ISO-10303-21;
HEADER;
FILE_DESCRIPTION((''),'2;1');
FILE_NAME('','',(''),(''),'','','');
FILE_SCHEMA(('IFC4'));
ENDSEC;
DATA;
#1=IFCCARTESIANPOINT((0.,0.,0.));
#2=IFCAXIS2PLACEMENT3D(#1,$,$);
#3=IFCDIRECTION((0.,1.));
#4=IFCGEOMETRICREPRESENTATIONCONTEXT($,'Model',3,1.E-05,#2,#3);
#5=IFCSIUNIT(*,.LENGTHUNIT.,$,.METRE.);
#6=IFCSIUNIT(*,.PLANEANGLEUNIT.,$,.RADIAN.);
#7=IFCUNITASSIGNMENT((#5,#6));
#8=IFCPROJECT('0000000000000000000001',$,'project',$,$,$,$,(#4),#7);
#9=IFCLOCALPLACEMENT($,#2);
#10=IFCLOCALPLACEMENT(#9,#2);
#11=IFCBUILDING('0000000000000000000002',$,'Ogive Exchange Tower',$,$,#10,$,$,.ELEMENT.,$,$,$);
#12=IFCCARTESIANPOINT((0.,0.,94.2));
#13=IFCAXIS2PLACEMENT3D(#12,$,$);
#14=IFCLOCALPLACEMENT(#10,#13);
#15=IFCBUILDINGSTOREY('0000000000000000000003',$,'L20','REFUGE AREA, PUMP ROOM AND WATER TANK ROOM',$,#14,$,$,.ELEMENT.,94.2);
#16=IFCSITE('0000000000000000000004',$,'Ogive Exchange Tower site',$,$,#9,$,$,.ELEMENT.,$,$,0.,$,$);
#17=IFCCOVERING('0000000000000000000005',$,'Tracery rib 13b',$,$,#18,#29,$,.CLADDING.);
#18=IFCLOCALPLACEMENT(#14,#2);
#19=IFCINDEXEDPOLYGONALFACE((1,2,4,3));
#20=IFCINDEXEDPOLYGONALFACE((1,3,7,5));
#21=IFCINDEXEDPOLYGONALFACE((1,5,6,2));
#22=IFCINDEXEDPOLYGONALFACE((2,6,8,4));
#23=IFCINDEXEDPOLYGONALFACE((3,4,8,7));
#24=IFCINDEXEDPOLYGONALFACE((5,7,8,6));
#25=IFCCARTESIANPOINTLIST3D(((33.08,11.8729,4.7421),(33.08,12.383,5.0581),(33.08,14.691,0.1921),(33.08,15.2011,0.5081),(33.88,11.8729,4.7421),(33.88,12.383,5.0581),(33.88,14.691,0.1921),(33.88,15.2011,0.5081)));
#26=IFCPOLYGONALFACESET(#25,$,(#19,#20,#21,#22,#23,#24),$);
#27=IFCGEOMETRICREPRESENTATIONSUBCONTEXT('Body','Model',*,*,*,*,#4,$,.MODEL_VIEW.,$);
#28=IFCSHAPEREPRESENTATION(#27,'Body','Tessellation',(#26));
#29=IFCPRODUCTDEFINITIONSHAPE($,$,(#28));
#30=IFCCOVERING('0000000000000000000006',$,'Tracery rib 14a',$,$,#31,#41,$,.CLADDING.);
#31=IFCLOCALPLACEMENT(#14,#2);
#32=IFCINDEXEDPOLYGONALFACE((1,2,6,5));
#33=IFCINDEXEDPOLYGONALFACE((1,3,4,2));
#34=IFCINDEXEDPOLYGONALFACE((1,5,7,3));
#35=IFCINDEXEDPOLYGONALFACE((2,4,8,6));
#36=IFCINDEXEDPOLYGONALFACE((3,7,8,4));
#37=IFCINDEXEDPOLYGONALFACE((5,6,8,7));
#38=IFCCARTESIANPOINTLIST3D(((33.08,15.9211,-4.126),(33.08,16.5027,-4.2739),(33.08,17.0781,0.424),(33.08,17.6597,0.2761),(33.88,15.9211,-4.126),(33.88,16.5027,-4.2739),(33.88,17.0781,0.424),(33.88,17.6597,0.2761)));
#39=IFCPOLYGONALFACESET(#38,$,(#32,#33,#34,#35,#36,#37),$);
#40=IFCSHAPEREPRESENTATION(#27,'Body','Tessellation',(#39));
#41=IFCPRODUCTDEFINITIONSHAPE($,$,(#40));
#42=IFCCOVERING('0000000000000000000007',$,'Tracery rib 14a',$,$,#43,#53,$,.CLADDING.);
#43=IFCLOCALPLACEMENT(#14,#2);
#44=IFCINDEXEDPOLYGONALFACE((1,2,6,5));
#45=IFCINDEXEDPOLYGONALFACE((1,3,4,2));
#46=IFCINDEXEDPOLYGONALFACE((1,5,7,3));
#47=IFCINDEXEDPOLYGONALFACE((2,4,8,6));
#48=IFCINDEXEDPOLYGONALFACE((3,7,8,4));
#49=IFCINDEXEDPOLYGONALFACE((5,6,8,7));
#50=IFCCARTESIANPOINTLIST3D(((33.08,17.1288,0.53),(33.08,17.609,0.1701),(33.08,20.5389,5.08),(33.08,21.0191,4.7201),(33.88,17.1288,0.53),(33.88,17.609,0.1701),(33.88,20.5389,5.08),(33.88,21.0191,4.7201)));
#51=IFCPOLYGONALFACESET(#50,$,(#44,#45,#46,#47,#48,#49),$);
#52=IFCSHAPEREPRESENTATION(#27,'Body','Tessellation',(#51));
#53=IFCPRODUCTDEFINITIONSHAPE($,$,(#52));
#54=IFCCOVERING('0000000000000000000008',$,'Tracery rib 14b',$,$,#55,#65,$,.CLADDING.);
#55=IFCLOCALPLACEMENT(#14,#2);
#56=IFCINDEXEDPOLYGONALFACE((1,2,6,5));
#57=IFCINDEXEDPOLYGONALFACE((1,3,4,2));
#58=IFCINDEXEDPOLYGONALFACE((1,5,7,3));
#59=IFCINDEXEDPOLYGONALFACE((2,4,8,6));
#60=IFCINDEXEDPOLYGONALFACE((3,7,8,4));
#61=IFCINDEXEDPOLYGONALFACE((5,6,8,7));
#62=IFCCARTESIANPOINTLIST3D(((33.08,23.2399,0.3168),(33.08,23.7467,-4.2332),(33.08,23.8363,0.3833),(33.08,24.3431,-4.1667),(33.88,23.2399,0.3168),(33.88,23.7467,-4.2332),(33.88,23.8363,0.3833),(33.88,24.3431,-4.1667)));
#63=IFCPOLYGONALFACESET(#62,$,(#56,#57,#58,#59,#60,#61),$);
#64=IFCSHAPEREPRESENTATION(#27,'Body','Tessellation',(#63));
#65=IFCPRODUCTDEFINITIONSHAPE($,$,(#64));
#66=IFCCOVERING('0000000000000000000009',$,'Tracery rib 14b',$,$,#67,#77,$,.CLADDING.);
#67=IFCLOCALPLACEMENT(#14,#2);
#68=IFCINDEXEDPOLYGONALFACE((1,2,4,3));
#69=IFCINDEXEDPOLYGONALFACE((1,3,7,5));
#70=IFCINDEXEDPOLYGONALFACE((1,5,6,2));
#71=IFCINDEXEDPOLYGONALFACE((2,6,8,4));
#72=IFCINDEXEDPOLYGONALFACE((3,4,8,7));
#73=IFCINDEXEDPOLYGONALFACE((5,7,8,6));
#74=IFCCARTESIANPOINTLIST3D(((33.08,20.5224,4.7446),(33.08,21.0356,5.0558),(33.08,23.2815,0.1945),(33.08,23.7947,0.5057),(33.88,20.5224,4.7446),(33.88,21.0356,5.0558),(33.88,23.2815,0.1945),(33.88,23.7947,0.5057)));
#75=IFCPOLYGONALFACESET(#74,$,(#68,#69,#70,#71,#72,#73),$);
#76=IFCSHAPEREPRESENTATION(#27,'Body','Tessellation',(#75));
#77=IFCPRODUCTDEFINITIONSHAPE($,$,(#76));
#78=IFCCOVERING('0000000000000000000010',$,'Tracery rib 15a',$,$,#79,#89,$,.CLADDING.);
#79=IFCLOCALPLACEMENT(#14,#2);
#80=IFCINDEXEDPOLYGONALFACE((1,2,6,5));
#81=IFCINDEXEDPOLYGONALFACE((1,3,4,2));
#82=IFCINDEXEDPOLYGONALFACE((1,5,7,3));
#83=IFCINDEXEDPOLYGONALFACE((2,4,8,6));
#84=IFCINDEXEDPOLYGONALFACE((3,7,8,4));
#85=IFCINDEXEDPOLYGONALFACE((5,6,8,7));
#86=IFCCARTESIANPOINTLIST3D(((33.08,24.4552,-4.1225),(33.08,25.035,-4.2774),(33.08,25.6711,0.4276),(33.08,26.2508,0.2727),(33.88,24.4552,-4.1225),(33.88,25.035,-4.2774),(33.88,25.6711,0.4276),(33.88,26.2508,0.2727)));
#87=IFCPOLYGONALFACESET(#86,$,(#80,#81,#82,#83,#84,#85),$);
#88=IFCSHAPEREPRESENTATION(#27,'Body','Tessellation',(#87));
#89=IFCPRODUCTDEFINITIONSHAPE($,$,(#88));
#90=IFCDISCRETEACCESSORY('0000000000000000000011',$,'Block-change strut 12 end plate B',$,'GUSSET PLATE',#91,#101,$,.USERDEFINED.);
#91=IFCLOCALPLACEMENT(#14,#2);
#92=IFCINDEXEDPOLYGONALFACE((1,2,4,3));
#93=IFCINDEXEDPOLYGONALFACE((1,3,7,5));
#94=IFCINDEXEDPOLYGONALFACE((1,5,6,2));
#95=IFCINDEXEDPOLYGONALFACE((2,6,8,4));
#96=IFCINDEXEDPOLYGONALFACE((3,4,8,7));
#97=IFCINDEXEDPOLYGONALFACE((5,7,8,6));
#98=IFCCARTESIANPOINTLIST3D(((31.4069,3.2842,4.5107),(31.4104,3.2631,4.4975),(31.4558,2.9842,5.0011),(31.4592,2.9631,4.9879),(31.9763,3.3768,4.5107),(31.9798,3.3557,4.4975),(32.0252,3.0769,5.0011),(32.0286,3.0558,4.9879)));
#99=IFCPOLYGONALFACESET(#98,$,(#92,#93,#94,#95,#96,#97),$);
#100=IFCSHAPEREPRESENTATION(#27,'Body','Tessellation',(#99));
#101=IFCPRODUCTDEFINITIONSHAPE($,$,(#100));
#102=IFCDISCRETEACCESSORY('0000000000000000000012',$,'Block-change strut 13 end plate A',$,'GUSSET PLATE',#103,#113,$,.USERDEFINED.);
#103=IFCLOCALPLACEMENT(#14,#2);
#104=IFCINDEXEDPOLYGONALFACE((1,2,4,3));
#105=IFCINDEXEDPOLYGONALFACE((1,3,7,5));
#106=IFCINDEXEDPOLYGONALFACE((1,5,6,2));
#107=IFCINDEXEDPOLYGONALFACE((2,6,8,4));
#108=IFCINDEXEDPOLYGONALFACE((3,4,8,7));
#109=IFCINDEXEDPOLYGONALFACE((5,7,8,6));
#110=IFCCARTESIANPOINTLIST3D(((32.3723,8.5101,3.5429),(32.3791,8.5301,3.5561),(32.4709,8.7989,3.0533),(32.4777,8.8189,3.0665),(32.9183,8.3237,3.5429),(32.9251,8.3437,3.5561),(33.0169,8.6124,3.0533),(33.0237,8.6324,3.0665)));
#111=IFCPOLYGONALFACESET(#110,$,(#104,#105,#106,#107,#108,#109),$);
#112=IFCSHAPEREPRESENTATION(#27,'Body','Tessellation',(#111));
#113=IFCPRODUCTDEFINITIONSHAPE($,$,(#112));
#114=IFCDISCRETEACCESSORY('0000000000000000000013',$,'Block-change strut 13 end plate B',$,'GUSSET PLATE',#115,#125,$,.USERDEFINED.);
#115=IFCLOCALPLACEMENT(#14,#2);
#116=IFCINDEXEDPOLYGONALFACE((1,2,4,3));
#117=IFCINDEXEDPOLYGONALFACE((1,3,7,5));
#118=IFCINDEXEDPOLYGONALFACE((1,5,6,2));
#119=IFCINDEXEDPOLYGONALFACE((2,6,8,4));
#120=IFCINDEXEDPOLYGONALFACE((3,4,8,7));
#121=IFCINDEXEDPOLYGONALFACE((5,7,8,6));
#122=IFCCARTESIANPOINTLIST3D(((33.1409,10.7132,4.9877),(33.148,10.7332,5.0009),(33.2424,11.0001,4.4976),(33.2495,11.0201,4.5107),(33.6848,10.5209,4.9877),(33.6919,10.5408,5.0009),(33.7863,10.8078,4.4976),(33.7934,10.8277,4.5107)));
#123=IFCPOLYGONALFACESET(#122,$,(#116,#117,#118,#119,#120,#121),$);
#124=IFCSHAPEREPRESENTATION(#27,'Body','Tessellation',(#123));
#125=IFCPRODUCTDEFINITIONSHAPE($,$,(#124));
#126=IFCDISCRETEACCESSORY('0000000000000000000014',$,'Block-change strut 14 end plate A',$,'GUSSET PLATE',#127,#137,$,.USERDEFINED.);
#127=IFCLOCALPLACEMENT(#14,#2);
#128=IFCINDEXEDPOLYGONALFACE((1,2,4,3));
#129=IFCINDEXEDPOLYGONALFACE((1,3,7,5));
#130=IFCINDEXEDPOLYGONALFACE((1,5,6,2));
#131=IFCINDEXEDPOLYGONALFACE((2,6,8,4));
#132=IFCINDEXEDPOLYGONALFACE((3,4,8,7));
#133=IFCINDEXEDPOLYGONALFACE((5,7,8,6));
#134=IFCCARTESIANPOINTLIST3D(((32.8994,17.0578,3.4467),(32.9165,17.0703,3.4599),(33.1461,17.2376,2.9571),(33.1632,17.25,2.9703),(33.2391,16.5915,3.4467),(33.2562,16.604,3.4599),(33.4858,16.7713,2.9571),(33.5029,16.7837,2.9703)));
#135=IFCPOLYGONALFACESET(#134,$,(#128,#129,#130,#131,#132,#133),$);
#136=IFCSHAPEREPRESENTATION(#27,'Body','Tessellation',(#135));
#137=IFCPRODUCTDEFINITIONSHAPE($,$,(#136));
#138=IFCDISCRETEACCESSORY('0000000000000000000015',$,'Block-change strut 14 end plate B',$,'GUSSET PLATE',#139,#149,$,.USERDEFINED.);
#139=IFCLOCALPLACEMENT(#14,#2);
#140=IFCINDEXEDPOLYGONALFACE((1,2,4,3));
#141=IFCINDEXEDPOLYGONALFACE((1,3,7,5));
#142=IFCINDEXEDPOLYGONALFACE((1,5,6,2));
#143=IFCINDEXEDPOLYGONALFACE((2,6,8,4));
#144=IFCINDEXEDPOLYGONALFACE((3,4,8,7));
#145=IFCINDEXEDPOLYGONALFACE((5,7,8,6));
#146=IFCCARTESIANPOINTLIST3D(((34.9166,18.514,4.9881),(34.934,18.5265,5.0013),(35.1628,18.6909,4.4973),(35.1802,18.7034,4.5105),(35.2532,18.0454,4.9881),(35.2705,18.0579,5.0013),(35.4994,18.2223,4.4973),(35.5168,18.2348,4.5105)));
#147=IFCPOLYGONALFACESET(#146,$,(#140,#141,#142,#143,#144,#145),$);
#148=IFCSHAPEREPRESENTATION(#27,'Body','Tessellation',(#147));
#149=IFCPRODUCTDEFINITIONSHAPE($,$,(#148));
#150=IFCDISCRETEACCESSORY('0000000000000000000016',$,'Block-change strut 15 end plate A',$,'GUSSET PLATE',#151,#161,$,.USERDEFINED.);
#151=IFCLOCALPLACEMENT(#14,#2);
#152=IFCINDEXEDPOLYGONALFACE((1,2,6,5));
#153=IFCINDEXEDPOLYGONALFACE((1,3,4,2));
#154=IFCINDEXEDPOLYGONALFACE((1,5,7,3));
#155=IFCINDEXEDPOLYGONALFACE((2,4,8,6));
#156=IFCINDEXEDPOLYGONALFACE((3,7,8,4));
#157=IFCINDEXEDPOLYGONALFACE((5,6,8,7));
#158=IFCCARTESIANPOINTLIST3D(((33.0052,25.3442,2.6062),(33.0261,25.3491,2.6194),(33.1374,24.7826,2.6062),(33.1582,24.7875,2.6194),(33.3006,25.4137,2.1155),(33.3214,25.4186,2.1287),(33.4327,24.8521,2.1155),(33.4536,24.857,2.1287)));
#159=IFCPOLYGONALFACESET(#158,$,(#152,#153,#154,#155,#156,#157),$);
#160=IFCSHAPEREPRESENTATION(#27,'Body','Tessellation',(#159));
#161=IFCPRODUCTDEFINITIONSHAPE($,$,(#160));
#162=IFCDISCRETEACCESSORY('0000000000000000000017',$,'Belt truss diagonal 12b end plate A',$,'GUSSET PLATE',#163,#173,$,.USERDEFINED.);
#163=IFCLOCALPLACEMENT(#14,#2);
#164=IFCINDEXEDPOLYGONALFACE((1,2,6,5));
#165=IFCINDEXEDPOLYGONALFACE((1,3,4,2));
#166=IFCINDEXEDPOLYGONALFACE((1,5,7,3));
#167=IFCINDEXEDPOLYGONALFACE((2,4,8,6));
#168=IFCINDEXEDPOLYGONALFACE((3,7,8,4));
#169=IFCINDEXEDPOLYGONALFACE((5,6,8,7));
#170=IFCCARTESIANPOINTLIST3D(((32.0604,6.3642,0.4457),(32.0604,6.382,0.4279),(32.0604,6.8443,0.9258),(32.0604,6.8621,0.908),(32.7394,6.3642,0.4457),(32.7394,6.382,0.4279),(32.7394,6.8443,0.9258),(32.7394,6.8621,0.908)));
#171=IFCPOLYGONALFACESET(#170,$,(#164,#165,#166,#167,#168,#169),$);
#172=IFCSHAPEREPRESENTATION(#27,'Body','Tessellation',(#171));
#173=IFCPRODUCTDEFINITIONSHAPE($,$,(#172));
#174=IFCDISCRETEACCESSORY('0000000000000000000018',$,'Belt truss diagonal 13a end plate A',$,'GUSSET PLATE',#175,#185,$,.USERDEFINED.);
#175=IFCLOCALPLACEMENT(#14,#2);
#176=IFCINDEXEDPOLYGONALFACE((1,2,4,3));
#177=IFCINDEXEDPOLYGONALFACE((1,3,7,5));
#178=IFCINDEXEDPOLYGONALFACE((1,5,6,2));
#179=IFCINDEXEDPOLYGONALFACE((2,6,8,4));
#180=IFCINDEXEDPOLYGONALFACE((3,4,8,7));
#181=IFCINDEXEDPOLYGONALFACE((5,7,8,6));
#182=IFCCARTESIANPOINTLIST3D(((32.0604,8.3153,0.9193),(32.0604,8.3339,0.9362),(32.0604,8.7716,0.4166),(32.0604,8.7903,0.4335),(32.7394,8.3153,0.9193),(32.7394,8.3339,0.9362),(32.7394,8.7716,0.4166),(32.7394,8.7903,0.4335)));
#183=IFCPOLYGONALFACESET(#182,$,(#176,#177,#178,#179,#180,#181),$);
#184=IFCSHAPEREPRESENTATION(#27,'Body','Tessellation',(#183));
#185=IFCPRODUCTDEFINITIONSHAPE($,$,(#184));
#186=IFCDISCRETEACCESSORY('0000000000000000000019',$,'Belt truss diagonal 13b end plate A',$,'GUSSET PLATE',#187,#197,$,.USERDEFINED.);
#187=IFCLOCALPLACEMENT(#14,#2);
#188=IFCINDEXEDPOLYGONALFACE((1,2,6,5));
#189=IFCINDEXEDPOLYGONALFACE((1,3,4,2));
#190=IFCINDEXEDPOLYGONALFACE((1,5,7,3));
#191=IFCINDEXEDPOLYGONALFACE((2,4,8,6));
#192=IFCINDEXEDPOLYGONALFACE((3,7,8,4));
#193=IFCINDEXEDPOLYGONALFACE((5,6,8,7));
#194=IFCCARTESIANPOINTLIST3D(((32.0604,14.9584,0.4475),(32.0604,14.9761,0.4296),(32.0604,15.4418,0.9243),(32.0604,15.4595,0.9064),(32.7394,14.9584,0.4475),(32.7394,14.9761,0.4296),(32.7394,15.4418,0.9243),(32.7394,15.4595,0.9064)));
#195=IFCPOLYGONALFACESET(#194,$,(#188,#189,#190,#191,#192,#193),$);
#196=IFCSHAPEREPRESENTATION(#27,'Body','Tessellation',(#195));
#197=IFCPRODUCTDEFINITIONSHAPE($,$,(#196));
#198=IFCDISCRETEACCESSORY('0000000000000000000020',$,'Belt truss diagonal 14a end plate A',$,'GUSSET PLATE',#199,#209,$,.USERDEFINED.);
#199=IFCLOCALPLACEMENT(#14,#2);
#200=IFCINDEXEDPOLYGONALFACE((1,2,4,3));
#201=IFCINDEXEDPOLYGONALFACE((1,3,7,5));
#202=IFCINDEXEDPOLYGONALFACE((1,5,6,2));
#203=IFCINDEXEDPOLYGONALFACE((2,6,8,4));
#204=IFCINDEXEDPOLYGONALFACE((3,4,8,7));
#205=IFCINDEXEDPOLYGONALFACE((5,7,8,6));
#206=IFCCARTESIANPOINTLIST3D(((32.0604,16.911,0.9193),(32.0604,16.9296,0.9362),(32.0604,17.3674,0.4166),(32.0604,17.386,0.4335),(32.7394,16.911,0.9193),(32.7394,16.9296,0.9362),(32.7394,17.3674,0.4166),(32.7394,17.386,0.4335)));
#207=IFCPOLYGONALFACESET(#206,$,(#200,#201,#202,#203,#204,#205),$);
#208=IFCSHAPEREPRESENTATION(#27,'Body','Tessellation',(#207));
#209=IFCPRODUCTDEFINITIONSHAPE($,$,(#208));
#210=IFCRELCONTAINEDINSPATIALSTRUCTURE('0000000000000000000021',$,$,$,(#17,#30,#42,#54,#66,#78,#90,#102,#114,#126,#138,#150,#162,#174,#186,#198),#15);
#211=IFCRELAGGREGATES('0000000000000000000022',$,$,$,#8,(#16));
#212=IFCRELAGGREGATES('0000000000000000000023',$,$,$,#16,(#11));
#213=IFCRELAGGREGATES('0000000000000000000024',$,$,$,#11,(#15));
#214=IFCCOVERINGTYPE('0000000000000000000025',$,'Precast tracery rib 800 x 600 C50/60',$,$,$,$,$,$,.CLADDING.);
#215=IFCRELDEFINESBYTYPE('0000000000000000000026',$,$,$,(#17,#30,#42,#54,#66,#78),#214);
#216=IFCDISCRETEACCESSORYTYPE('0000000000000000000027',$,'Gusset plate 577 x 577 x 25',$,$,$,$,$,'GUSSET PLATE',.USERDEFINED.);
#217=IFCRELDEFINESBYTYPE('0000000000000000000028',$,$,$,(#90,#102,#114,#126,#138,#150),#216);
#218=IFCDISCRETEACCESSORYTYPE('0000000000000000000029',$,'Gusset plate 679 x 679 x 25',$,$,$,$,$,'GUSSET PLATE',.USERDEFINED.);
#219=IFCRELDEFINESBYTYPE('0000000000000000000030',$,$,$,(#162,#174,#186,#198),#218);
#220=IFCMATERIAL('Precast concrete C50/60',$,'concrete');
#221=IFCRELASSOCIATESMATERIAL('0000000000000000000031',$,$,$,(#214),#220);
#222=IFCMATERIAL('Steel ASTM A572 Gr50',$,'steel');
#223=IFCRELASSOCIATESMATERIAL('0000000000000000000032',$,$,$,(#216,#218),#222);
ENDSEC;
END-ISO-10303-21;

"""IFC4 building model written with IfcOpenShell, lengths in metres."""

from ifc_helpers import new_model, si_unit, direction, frame, origin, origin_2d, place, context, subcontext, project, spatial, rectangle, extrude, material, material_profile, profile_set, type_object, element, save


model = new_model("IFC4")

# Units and contexts
model_context = context("Model", 3, precision=1e-05, world=origin(), true_north=direction((0.0, 1.0)))
body_context = subcontext(model_context, "Body", "Model", "MODEL_VIEW")
ifc_project = project(units=[si_unit("LENGTHUNIT", "METRE"), si_unit("PLANEANGLEUNIT", "RADIAN")], contexts=[model_context])

# Site, building, storey
site_placement = place(None, origin())
site = spatial("IfcSite", under=ifc_project, at=site_placement, Name="Ogive Exchange Tower site", CompositionType="ELEMENT", RefElevation=0.0)
building_placement = place(site_placement, origin())
building = spatial("IfcBuilding", under=site, at=building_placement, Name="Ogive Exchange Tower", CompositionType="ELEMENT")
storey_placement = place(building_placement, frame((0.0, 0.0, 94.2)))
storey = spatial("IfcBuildingStorey", under=building, at=storey_placement, Name="L20", Description="REFUGE AREA, PUMP ROOM AND WATER TANK ROOM", CompositionType="ELEMENT", Elevation=94.2)

# Coverings
ifc_material_1 = material(Name="Precast concrete C50/60", Category="concrete")
ifc_material_profile_1 = material_profile(ifc_material_1, rectangle(XDim=0.8, YDim=0.6001, at=origin_2d()), Name="RIB 800 x 600")
ifc_profile_set_1 = profile_set([ifc_material_profile_1], Name="Precast concrete C50/60")
covering_type = type_object("IfcCoveringType", Name="Precast tracery rib 800 x 600 C50/60", PredefinedType="CLADDING", material=ifc_profile_set_1)
covering_1_placement = place(storey_placement, frame((33.48, 14.946, 0.3501), z_axis=(0.0, -0.526546, 0.850147), x_axis=(1.0, 0.0, 0.0)))
element("IfcCovering", 1, at=covering_1_placement, inside=storey, type_object=covering_type, Name="Tracery rib 13b", PredefinedType="CLADDING", context=body_context, shape_type="SweptSolid", body=[
    extrude(rectangle(XDim=0.8, YDim=0.6001, at=origin_2d()), origin(), (0.0, 0.0, 1.0), 5.3521),
])
covering_2_placement = place(storey_placement, frame((33.48, 16.2119, -4.2), z_axis=(0.0, 0.246437, 0.969159), x_axis=(-1.0, 0.0, 0.0)))
element("IfcCovering", 2, at=covering_2_placement, inside=storey, type_object=covering_type, Name="Tracery rib 14a", PredefinedType="CLADDING", context=body_context, shape_type="SweptSolid", body=[
    extrude(rectangle(XDim=0.8, YDim=0.6001, at=origin_2d()), origin(), (0.0, 0.0, 1.0), 4.6948),
])
covering_3_placement = place(storey_placement, frame((33.48, 17.3689, 0.3501), z_axis=(0.0, 0.599732, 0.800201), x_axis=(-1.0, 0.0, 0.0)))
element("IfcCovering", 3, at=covering_3_placement, inside=storey, type_object=covering_type, Name="Tracery rib 14a", PredefinedType="CLADDING", context=body_context, shape_type="SweptSolid", body=[
    extrude(rectangle(XDim=0.8, YDim=0.6001, at=origin_2d()), origin(), (0.0, 0.0, 1.0), 5.686),
])
covering_4_placement = place(storey_placement, frame((33.48, 24.0449, -4.2), z_axis=(0.0, -0.110707, 0.993853), x_axis=(1.0, 0.0, 0.0)))
element("IfcCovering", 4, at=covering_4_placement, inside=storey, type_object=covering_type, Name="Tracery rib 14b", PredefinedType="CLADDING", context=body_context, shape_type="SweptSolid", body=[
    extrude(rectangle(XDim=0.8, YDim=0.6001, at=origin_2d()), origin(), (0.0, 0.0, 1.0), 4.5781),
])
covering_5_placement = place(storey_placement, frame((33.48, 23.5381, 0.3501), z_axis=(0.0, -0.518498, 0.855079), x_axis=(1.0, 0.0, 0.0)))
element("IfcCovering", 5, at=covering_5_placement, inside=storey, type_object=covering_type, Name="Tracery rib 14b", PredefinedType="CLADDING", context=body_context, shape_type="SweptSolid", body=[
    extrude(rectangle(XDim=0.8, YDim=0.6001, at=origin_2d()), origin(), (0.0, 0.0, 1.0), 5.3213),
])
covering_6_placement = place(storey_placement, frame((33.48, 24.7451, -4.2), z_axis=(0.0, 0.258153, 0.966104), x_axis=(-1.0, 0.0, 0.0)))
element("IfcCovering", 6, at=covering_6_placement, inside=storey, type_object=covering_type, Name="Tracery rib 15a", PredefinedType="CLADDING", context=body_context, shape_type="SweptSolid", body=[
    extrude(rectangle(XDim=0.8, YDim=0.6001, at=origin_2d()), origin(), (0.0, 0.0, 1.0), 4.7097),
])

# Discrete accessories
ifc_material_2 = material(Name="Steel ASTM A572 Gr50", Category="steel")
ifc_material_profile_2 = material_profile(ifc_material_2, rectangle(XDim=0.5769, YDim=0.5769, at=origin_2d()), Name="PL 577 x 577 x 25")
ifc_profile_set_2 = profile_set([ifc_material_profile_2], Name="Steel ASTM A572 Gr50")
discrete_accessory_type_1 = type_object("IfcDiscreteAccessoryType", Name="Gusset plate 577 x 577 x 25", ElementType="GUSSET PLATE", PredefinedType="USERDEFINED", material=ifc_profile_set_2)
discrete_accessory_placement = place(storey_placement, frame((31.7195, 3.1594, 4.7427), z_axis=(-0.136574, 0.838955, 0.526785), x_axis=(-0.987007, -0.160676, 0.0)))
element("IfcDiscreteAccessory", 7, at=discrete_accessory_placement, inside=storey, type_object=discrete_accessory_type_1, Name="Block-change strut 12 end plate B", ObjectType="GUSSET PLATE", PredefinedType="USERDEFINED", context=body_context, shape_type="SweptSolid", body=[
    extrude(rectangle(XDim=0.5769, YDim=0.5769, at=origin_2d()), origin(), (0.0, 0.0, 1.0), 0.0251),
])
for number, where, z_axis, x_axis, name in (
    (8, (32.6946, 8.5613, 3.2981), (0.274246, 0.80315, 0.528904), (-0.94635, 0.323144, 0.0), "Block-change strut 13 end plate A"),
    (9, (33.4636, 10.7605, 4.7427), (0.283267, 0.800963, 0.527463), (-0.942778, 0.333421, 0.0), "Block-change strut 13 end plate B"),
    (10, (33.1926, 16.9146, 3.2019), (0.685846, 0.499688, 0.529081), (-0.588858, 0.808236, 0.0), "Block-change strut 14 end plate A"),
):
    element("IfcDiscreteAccessory", number, at=place(storey_placement, frame(where, z_axis=z_axis, x_axis=x_axis)), inside=storey, type_object=discrete_accessory_type_1, Name=name, ObjectType="GUSSET PLATE", PredefinedType="USERDEFINED", context=body_context, shape_type="SweptSolid", body=[
        extrude(rectangle(XDim=0.5769, YDim=0.5769, at=origin_2d()), origin(), (0.0, 0.0, 1.0), 0.0249),
    ])
for number, where, z_axis, x_axis, name in (
    (11, (35.208, 18.3682, 4.7427), (0.690983, 0.49634, 0.525537), (-0.5834, 0.812185, 0.0), "Block-change strut 14 end plate B"),
    (12, (33.219, 25.0981, 2.3608), (0.8279, 0.1948, 0.52596), (-0.229039, 0.973417, 0.0), "Block-change strut 15 end plate A"),
):
    element("IfcDiscreteAccessory", number, at=place(storey_placement, frame(where, z_axis=z_axis, x_axis=x_axis)), inside=storey, type_object=discrete_accessory_type_1, Name=name, ObjectType="GUSSET PLATE", PredefinedType="USERDEFINED", context=body_context, shape_type="SweptSolid", body=[
        extrude(rectangle(XDim=0.5769, YDim=0.5769, at=origin_2d()), origin(), (0.0, 0.0, 1.0), 0.0251),
    ])
ifc_material_profile_3 = material_profile(ifc_material_2, rectangle(XDim=0.679, YDim=0.679, at=origin_2d()), Name="PL 679 x 679 x 25")
ifc_profile_set_3 = profile_set([ifc_material_profile_3], Name="Steel ASTM A572 Gr50")
discrete_accessory_type_2 = type_object("IfcDiscreteAccessoryType", Name="Gusset plate 679 x 679 x 25", ElementType="GUSSET PLATE", PredefinedType="USERDEFINED", material=ifc_profile_set_3)
for number, where, z_axis, x_axis, name in (
    (13, (32.3999, 6.6221, 0.668), (0.0, -0.707107, 0.707107), (1.0, 0.0, 0.0), "Belt truss diagonal 12b end plate A"),
    (14, (32.3999, 8.5435, 0.668), (0.0, 0.740381, 0.672188), (-1.0, 0.0, 0.0), "Belt truss diagonal 13a end plate A"),
    (15, (32.3999, 15.2178, 0.668), (0.0, -0.702213, 0.711966), (1.0, 0.0, 0.0), "Belt truss diagonal 13b end plate A"),
    (16, (32.3999, 17.1392, 0.668), (0.0, 0.740381, 0.672188), (-1.0, 0.0, 0.0), "Belt truss diagonal 14a end plate A"),
):
    element("IfcDiscreteAccessory", number, at=place(storey_placement, frame(where, z_axis=z_axis, x_axis=x_axis)), inside=storey, type_object=discrete_accessory_type_2, Name=name, ObjectType="GUSSET PLATE", PredefinedType="USERDEFINED", context=body_context, shape_type="SweptSolid", body=[
        extrude(rectangle(XDim=0.679, YDim=0.679, at=origin_2d()), origin(), (0.0, 0.0, 1.0), 0.0251),
    ])

save(model, "model.ifc")
